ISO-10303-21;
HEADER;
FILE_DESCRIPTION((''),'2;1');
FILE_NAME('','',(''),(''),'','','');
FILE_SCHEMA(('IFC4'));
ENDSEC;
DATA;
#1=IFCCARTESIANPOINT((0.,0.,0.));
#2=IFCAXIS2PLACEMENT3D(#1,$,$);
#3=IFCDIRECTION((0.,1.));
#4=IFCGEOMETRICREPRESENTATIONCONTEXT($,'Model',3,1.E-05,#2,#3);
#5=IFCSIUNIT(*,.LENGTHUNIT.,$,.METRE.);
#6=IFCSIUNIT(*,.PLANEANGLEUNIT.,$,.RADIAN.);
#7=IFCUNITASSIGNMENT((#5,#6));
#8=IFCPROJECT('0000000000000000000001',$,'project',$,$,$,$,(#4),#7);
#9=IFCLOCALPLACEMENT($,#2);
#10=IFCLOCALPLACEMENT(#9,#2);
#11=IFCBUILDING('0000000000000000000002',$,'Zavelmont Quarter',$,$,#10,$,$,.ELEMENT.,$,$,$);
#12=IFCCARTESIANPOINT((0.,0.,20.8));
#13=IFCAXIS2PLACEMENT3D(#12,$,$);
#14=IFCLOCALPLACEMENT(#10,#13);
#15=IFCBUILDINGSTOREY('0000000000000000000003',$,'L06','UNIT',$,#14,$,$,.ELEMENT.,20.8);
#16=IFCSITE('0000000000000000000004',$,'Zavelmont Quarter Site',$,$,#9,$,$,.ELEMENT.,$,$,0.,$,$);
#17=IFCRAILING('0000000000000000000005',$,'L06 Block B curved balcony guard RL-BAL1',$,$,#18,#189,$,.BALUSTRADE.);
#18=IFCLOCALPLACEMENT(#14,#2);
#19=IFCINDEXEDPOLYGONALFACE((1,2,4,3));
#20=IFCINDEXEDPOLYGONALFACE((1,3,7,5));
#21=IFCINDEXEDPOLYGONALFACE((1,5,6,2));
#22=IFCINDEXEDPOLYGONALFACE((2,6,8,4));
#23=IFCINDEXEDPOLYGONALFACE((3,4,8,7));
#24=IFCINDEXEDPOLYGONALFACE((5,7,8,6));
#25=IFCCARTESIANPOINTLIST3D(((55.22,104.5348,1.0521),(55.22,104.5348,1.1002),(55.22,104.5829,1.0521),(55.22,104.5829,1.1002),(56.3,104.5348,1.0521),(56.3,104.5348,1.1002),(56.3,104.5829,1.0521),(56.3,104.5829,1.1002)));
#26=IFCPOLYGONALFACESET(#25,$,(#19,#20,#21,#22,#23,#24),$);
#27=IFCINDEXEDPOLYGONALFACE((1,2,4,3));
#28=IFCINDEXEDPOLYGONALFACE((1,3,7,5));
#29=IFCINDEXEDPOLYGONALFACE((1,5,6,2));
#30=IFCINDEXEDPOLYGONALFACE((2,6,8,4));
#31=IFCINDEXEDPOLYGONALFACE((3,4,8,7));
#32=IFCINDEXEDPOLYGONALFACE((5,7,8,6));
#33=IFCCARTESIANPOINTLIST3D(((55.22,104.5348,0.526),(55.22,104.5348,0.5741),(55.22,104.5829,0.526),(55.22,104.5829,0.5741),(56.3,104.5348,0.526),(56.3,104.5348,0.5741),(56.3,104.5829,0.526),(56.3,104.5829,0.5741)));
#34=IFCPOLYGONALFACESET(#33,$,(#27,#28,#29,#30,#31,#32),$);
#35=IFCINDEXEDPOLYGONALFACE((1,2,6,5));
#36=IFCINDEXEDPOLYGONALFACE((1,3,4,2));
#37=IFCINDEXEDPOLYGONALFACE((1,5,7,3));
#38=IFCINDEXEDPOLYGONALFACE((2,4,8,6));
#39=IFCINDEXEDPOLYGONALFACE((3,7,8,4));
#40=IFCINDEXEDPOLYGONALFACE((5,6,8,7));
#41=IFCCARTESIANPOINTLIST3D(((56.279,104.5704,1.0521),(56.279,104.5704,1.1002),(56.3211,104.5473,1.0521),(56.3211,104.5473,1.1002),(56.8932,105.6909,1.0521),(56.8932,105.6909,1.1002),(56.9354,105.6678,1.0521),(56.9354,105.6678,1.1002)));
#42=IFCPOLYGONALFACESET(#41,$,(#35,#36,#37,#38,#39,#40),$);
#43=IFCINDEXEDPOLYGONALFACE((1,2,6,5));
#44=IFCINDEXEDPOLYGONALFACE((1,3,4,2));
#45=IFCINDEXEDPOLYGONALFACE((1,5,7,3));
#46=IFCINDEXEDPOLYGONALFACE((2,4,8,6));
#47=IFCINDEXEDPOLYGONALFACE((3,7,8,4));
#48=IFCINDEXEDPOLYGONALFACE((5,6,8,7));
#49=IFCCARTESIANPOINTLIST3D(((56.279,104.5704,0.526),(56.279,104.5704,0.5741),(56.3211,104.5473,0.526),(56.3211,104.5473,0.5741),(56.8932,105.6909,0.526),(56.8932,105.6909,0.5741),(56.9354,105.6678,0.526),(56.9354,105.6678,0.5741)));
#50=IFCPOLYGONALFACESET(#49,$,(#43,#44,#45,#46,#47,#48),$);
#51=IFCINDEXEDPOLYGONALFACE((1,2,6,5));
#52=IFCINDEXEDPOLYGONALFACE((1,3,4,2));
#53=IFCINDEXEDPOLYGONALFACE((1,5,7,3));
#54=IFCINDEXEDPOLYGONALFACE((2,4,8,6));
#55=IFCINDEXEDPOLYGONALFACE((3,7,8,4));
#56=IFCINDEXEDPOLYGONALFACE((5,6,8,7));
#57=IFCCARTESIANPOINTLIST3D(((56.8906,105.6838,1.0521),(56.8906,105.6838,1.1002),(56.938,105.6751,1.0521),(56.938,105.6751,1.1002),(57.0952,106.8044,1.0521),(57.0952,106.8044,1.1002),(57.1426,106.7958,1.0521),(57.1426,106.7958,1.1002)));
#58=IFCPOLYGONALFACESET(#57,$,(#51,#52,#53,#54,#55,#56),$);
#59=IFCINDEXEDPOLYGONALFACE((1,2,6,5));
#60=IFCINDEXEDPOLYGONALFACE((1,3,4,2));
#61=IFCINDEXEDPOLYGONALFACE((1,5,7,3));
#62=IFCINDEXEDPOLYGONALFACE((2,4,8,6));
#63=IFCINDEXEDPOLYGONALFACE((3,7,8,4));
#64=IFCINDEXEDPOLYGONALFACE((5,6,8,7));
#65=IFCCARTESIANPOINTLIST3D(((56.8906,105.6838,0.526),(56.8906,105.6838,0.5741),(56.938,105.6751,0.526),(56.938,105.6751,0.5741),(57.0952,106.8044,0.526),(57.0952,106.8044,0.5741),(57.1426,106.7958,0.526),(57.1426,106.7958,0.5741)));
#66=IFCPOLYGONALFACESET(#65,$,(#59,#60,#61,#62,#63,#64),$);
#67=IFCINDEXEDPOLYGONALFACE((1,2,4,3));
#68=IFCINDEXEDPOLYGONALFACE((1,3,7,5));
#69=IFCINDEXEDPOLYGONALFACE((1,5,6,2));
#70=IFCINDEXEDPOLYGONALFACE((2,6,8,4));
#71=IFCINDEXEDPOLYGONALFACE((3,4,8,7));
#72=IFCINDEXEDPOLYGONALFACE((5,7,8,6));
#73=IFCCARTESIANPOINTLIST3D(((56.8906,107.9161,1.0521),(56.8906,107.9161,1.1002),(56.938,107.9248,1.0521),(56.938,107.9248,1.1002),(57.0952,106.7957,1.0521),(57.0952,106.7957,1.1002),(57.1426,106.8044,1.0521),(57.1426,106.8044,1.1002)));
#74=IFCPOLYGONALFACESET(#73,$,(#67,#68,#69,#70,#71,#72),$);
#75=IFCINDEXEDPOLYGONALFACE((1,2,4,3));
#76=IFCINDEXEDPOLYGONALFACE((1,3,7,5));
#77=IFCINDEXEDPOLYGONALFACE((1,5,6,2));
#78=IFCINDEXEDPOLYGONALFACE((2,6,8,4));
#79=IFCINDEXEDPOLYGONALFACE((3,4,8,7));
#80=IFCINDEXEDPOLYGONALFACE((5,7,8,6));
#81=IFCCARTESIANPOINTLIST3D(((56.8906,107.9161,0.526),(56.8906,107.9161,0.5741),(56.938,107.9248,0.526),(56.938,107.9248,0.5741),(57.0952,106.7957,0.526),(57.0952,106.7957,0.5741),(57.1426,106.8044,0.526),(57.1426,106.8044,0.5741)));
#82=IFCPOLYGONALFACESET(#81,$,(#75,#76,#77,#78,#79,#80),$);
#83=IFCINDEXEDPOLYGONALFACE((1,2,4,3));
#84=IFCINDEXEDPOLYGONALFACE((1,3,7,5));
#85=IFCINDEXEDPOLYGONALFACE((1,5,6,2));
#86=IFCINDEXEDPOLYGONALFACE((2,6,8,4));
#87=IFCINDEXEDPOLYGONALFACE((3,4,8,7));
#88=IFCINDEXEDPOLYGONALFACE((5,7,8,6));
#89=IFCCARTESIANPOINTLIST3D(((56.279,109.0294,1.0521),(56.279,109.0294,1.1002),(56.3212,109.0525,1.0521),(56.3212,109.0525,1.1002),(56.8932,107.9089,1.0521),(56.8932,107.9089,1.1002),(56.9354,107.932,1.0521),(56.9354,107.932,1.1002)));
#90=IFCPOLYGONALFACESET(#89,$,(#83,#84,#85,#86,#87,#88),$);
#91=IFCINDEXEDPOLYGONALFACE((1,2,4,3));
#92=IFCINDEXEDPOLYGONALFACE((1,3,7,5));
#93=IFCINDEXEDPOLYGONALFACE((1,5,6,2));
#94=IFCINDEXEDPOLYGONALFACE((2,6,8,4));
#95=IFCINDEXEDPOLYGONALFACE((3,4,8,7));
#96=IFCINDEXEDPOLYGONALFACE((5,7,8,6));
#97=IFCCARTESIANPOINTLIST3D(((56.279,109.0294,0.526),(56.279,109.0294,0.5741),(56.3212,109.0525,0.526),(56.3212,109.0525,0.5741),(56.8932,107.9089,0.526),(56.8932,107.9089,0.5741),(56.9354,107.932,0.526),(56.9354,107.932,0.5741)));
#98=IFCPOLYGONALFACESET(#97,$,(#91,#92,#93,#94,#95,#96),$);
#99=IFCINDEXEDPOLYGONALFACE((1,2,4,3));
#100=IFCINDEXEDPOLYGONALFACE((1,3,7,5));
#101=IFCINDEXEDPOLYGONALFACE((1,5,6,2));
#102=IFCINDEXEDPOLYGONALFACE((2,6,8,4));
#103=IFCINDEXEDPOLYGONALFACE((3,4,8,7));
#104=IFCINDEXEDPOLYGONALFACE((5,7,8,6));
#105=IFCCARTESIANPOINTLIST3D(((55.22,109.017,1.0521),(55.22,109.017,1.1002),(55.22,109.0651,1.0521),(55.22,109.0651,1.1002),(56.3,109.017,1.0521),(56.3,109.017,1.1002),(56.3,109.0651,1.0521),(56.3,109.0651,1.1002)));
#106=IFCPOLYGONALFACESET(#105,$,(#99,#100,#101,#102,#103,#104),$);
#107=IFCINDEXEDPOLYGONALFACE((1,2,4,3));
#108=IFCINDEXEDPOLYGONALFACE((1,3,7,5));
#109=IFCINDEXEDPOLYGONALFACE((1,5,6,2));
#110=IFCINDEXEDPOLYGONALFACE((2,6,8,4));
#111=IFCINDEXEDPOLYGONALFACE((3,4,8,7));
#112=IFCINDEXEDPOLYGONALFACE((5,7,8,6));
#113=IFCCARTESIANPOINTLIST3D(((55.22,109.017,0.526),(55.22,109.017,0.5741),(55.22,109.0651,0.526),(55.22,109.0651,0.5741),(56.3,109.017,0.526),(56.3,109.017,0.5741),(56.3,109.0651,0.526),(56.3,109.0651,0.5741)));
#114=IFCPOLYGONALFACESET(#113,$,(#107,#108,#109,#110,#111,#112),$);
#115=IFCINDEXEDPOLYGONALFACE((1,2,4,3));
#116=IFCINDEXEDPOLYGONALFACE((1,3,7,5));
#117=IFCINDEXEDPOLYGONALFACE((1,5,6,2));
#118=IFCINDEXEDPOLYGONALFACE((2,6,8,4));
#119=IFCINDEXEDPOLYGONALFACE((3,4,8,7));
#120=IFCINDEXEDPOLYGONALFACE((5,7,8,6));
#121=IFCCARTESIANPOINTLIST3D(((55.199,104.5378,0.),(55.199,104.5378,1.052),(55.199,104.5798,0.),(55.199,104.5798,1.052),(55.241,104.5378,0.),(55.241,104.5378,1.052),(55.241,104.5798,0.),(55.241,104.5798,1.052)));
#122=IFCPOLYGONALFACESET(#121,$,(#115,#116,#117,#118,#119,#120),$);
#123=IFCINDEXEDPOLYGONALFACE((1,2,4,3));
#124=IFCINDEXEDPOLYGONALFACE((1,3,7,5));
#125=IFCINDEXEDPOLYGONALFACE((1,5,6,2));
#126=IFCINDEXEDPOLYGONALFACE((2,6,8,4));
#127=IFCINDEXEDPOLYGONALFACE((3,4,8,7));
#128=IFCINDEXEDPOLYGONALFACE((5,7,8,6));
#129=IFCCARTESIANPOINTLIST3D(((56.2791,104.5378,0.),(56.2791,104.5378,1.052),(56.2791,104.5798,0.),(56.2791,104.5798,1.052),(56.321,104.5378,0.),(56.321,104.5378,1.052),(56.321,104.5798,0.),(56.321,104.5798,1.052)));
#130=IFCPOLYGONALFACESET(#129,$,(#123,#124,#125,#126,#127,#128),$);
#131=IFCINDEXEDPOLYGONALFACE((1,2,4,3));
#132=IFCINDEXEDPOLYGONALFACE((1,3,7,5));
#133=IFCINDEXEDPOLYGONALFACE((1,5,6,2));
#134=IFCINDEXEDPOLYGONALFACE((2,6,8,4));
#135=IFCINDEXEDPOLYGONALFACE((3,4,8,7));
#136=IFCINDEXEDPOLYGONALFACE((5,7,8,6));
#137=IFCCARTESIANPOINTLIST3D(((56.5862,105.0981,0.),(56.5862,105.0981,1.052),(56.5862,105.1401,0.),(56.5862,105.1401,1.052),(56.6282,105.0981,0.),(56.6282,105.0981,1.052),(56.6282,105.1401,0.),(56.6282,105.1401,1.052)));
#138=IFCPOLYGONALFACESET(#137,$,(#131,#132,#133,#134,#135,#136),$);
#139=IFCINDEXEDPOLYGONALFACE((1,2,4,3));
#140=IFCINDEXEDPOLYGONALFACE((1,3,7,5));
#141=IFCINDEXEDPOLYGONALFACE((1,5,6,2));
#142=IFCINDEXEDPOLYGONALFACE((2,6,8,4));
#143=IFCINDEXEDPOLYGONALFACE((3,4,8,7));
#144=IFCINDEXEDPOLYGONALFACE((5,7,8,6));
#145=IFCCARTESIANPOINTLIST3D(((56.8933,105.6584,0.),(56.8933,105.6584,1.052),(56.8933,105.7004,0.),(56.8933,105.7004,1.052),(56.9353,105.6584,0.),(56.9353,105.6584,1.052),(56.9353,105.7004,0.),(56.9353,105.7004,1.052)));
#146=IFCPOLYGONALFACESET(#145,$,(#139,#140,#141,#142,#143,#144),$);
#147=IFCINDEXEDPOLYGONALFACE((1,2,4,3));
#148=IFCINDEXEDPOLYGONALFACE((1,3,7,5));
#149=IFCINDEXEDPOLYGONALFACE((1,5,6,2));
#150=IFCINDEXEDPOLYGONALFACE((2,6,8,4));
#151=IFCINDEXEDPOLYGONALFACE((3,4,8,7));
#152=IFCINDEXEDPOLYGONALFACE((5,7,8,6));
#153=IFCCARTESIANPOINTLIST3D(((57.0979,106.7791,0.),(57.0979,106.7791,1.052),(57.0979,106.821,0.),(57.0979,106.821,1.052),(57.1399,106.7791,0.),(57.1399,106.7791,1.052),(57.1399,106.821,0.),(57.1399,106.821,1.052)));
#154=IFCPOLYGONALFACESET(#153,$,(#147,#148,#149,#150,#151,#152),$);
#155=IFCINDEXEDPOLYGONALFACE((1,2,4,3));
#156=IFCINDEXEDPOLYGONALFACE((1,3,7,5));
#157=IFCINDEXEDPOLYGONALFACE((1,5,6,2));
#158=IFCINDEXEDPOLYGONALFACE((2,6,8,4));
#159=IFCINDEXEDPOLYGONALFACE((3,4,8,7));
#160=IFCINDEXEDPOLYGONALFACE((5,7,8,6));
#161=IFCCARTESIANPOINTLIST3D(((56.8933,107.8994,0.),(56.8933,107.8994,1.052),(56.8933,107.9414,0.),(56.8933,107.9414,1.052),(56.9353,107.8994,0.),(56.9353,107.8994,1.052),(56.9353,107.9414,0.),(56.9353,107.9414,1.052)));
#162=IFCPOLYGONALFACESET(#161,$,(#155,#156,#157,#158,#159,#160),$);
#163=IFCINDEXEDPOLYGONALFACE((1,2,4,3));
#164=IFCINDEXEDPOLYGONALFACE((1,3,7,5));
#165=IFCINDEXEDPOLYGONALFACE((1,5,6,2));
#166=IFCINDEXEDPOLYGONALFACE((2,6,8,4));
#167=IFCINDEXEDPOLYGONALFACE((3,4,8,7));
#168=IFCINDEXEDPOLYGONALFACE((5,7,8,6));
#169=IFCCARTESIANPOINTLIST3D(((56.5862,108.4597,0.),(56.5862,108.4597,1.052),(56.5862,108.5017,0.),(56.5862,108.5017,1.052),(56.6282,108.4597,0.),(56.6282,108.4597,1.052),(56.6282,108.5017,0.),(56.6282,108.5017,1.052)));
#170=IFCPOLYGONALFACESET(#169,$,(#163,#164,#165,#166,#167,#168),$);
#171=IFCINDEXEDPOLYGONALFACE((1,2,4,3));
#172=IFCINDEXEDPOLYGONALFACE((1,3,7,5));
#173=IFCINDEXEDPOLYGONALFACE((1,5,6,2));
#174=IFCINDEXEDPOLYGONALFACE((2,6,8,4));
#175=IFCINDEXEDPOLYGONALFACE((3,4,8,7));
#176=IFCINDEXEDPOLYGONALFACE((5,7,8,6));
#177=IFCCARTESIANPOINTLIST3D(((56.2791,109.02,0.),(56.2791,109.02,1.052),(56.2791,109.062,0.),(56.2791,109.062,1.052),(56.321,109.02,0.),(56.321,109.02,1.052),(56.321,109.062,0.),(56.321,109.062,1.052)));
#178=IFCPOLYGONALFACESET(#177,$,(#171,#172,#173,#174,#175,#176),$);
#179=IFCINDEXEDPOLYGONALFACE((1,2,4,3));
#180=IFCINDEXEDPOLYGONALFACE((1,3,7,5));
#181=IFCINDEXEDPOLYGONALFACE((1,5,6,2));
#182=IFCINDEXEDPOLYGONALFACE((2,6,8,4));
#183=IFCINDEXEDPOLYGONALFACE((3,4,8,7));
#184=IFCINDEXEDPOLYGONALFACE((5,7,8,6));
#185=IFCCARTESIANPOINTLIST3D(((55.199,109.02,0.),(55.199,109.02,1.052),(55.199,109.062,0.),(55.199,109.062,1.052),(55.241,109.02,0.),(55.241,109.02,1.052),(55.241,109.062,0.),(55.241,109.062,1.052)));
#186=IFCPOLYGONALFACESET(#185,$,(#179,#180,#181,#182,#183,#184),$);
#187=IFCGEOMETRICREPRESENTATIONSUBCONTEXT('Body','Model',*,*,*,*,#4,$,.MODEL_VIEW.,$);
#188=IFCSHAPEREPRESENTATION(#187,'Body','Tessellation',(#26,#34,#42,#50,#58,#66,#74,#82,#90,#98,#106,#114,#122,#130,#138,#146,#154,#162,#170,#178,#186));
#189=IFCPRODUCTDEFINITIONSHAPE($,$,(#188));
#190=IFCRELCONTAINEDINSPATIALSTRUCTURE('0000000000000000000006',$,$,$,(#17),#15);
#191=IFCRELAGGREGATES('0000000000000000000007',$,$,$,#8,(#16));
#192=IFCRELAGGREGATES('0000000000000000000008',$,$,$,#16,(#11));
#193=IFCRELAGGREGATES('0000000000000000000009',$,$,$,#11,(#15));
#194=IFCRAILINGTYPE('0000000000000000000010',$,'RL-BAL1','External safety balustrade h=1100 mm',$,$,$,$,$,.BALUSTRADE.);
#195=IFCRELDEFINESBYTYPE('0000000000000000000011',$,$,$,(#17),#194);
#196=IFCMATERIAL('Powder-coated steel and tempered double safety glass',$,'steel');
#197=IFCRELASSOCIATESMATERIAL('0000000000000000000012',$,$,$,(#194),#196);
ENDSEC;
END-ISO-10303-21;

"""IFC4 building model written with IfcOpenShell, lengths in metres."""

from ifc_helpers import new_model, si_unit, direction, frame, origin, origin_2d, place, context, subcontext, project, spatial, rectangle, extrude, material, type_object, element, save


model = new_model("IFC4")

# Units and contexts
model_context = context("Model", 3, precision=1e-05, world=origin(), true_north=direction((0.0, 1.0)))
body_context = subcontext(model_context, "Body", "Model", "MODEL_VIEW")
ifc_project = project(units=[si_unit("LENGTHUNIT", "METRE"), si_unit("PLANEANGLEUNIT", "RADIAN")], contexts=[model_context])

# Site, building, storey
site_placement = place(None, origin())
site = spatial("IfcSite", under=ifc_project, at=site_placement, Name="Zavelmont Quarter Site", CompositionType="ELEMENT", RefElevation=0.0)
building_placement = place(site_placement, origin())
building = spatial("IfcBuilding", under=site, at=building_placement, Name="Zavelmont Quarter", CompositionType="ELEMENT")
storey_placement = place(building_placement, frame((0.0, 0.0, 20.8)))
storey = spatial("IfcBuildingStorey", under=building, at=storey_placement, Name="L06", Description="UNIT", CompositionType="ELEMENT", Elevation=20.8)

# Railing
ifc_material_1 = material(Name="Powder-coated steel and tempered double safety glass", Category="steel")
railing_type = type_object("IfcRailingType", Name="RL-BAL1", Description="External safety balustrade h=1100 mm", PredefinedType="BALUSTRADE", material=ifc_material_1)
railing_placement = place(storey_placement, frame((55.22, 104.5588, 0.0)))
element("IfcRailing", 1, at=railing_placement, inside=storey, type_object=railing_type, Name="L06 Block B curved balcony guard RL-BAL1", PredefinedType="BALUSTRADE", context=body_context, shape_type="SweptSolid", body=[
    extrude(rectangle(XDim=0.0481, YDim=0.0481, at=origin_2d()), frame((0.0, 0.0, 1.0762), z_axis=(1.0, 0.0, 0.0), x_axis=(0.0, 1.0, 0.0)), (0.0, 0.0, 1.0), 1.0801),
    extrude(rectangle(XDim=0.0481, YDim=0.0481, at=origin_2d()), frame((0.0, 0.0, 0.55), z_axis=(1.0, 0.0, 0.0), x_axis=(0.0, 1.0, 0.0)), (0.0, 0.0, 1.0), 1.0801),
    extrude(rectangle(XDim=0.0481, YDim=0.0481, at=origin_2d()), frame((1.0801, 0.0, 1.0762), z_axis=(0.480672, 0.876901, 0.0), x_axis=(-0.876901, 0.480672, 0.0)), (0.0, 0.0, 1.0), 1.2778),
    extrude(rectangle(XDim=0.0481, YDim=0.0481, at=origin_2d()), frame((1.0801, 0.0, 0.55), z_axis=(0.480672, 0.876901, 0.0), x_axis=(-0.876901, 0.480672, 0.0)), (0.0, 0.0, 1.0), 1.2778),
    extrude(rectangle(XDim=0.0481, YDim=0.0481, at=origin_2d()), frame((1.6943, 1.1206, 1.0762), z_axis=(0.179602, 0.983739, 0.0), x_axis=(-0.983739, 0.179602, 0.0)), (0.0, 0.0, 1.0), 1.1392),
    extrude(rectangle(XDim=0.0481, YDim=0.0481, at=origin_2d()), frame((1.6943, 1.1206, 0.55), z_axis=(0.179602, 0.983739, 0.0), x_axis=(-0.983739, 0.179602, 0.0)), (0.0, 0.0, 1.0), 1.1392),
    extrude(rectangle(XDim=0.0481, YDim=0.0481, at=origin_2d()), frame((1.8989, 2.2412, 1.0762), z_axis=(-0.17964, 0.983732, 0.0), x_axis=(-0.983732, -0.17964, 0.0)), (0.0, 0.0, 1.0), 1.1389),
    extrude(rectangle(XDim=0.0481, YDim=0.0481, at=origin_2d()), frame((1.8989, 2.2412, 0.55), z_axis=(-0.17964, 0.983732, 0.0), x_axis=(-0.983732, -0.17964, 0.0)), (0.0, 0.0, 1.0), 1.1389),
    extrude(rectangle(XDim=0.0481, YDim=0.0481, at=origin_2d()), frame((1.6943, 3.3616, 1.0762), z_axis=(-0.480672, 0.876901, 0.0), x_axis=(-0.876901, -0.480672, 0.0)), (0.0, 0.0, 1.0), 1.2778),
    extrude(rectangle(XDim=0.0481, YDim=0.0481, at=origin_2d()), frame((1.6943, 3.3616, 0.55), z_axis=(-0.480672, 0.876901, 0.0), x_axis=(-0.876901, -0.480672, 0.0)), (0.0, 0.0, 1.0), 1.2778),
    extrude(rectangle(XDim=0.0481, YDim=0.0481, at=origin_2d()), frame((1.0801, 4.4822, 1.0762), z_axis=(-1.0, 0.0, 0.0), x_axis=(0.0, -1.0, 0.0)), (0.0, 0.0, 1.0), 1.0801),
    extrude(rectangle(XDim=0.0481, YDim=0.0481, at=origin_2d()), frame((1.0801, 4.4822, 0.55), z_axis=(-1.0, 0.0, 0.0), x_axis=(0.0, -1.0, 0.0)), (0.0, 0.0, 1.0), 1.0801),
    extrude(rectangle(XDim=0.042, YDim=0.042, at=origin_2d()), origin(), (0.0, 0.0, 1.0), 1.052),
    extrude(rectangle(XDim=0.042, YDim=0.042, at=origin_2d()), frame((1.0801, 0.0, 0.0)), (0.0, 0.0, 1.0), 1.052),
    extrude(rectangle(XDim=0.042, YDim=0.042, at=origin_2d()), frame((1.3872, 0.5603, 0.0)), (0.0, 0.0, 1.0), 1.052),
    extrude(rectangle(XDim=0.042, YDim=0.042, at=origin_2d()), frame((1.6943, 1.1206, 0.0)), (0.0, 0.0, 1.0), 1.052),
    extrude(rectangle(XDim=0.042, YDim=0.042, at=origin_2d()), frame((1.8989, 2.2412, 0.0)), (0.0, 0.0, 1.0), 1.052),
    extrude(rectangle(XDim=0.042, YDim=0.042, at=origin_2d()), frame((1.6943, 3.3616, 0.0)), (0.0, 0.0, 1.0), 1.052),
    extrude(rectangle(XDim=0.042, YDim=0.042, at=origin_2d()), frame((1.3872, 3.9219, 0.0)), (0.0, 0.0, 1.0), 1.052),
    extrude(rectangle(XDim=0.042, YDim=0.042, at=origin_2d()), frame((1.0801, 4.4822, 0.0)), (0.0, 0.0, 1.0), 1.052),
    extrude(rectangle(XDim=0.042, YDim=0.042, at=origin_2d()), frame((0.0, 4.4822, 0.0)), (0.0, 0.0, 1.0), 1.052),
])

save(model, "model.ifc")
